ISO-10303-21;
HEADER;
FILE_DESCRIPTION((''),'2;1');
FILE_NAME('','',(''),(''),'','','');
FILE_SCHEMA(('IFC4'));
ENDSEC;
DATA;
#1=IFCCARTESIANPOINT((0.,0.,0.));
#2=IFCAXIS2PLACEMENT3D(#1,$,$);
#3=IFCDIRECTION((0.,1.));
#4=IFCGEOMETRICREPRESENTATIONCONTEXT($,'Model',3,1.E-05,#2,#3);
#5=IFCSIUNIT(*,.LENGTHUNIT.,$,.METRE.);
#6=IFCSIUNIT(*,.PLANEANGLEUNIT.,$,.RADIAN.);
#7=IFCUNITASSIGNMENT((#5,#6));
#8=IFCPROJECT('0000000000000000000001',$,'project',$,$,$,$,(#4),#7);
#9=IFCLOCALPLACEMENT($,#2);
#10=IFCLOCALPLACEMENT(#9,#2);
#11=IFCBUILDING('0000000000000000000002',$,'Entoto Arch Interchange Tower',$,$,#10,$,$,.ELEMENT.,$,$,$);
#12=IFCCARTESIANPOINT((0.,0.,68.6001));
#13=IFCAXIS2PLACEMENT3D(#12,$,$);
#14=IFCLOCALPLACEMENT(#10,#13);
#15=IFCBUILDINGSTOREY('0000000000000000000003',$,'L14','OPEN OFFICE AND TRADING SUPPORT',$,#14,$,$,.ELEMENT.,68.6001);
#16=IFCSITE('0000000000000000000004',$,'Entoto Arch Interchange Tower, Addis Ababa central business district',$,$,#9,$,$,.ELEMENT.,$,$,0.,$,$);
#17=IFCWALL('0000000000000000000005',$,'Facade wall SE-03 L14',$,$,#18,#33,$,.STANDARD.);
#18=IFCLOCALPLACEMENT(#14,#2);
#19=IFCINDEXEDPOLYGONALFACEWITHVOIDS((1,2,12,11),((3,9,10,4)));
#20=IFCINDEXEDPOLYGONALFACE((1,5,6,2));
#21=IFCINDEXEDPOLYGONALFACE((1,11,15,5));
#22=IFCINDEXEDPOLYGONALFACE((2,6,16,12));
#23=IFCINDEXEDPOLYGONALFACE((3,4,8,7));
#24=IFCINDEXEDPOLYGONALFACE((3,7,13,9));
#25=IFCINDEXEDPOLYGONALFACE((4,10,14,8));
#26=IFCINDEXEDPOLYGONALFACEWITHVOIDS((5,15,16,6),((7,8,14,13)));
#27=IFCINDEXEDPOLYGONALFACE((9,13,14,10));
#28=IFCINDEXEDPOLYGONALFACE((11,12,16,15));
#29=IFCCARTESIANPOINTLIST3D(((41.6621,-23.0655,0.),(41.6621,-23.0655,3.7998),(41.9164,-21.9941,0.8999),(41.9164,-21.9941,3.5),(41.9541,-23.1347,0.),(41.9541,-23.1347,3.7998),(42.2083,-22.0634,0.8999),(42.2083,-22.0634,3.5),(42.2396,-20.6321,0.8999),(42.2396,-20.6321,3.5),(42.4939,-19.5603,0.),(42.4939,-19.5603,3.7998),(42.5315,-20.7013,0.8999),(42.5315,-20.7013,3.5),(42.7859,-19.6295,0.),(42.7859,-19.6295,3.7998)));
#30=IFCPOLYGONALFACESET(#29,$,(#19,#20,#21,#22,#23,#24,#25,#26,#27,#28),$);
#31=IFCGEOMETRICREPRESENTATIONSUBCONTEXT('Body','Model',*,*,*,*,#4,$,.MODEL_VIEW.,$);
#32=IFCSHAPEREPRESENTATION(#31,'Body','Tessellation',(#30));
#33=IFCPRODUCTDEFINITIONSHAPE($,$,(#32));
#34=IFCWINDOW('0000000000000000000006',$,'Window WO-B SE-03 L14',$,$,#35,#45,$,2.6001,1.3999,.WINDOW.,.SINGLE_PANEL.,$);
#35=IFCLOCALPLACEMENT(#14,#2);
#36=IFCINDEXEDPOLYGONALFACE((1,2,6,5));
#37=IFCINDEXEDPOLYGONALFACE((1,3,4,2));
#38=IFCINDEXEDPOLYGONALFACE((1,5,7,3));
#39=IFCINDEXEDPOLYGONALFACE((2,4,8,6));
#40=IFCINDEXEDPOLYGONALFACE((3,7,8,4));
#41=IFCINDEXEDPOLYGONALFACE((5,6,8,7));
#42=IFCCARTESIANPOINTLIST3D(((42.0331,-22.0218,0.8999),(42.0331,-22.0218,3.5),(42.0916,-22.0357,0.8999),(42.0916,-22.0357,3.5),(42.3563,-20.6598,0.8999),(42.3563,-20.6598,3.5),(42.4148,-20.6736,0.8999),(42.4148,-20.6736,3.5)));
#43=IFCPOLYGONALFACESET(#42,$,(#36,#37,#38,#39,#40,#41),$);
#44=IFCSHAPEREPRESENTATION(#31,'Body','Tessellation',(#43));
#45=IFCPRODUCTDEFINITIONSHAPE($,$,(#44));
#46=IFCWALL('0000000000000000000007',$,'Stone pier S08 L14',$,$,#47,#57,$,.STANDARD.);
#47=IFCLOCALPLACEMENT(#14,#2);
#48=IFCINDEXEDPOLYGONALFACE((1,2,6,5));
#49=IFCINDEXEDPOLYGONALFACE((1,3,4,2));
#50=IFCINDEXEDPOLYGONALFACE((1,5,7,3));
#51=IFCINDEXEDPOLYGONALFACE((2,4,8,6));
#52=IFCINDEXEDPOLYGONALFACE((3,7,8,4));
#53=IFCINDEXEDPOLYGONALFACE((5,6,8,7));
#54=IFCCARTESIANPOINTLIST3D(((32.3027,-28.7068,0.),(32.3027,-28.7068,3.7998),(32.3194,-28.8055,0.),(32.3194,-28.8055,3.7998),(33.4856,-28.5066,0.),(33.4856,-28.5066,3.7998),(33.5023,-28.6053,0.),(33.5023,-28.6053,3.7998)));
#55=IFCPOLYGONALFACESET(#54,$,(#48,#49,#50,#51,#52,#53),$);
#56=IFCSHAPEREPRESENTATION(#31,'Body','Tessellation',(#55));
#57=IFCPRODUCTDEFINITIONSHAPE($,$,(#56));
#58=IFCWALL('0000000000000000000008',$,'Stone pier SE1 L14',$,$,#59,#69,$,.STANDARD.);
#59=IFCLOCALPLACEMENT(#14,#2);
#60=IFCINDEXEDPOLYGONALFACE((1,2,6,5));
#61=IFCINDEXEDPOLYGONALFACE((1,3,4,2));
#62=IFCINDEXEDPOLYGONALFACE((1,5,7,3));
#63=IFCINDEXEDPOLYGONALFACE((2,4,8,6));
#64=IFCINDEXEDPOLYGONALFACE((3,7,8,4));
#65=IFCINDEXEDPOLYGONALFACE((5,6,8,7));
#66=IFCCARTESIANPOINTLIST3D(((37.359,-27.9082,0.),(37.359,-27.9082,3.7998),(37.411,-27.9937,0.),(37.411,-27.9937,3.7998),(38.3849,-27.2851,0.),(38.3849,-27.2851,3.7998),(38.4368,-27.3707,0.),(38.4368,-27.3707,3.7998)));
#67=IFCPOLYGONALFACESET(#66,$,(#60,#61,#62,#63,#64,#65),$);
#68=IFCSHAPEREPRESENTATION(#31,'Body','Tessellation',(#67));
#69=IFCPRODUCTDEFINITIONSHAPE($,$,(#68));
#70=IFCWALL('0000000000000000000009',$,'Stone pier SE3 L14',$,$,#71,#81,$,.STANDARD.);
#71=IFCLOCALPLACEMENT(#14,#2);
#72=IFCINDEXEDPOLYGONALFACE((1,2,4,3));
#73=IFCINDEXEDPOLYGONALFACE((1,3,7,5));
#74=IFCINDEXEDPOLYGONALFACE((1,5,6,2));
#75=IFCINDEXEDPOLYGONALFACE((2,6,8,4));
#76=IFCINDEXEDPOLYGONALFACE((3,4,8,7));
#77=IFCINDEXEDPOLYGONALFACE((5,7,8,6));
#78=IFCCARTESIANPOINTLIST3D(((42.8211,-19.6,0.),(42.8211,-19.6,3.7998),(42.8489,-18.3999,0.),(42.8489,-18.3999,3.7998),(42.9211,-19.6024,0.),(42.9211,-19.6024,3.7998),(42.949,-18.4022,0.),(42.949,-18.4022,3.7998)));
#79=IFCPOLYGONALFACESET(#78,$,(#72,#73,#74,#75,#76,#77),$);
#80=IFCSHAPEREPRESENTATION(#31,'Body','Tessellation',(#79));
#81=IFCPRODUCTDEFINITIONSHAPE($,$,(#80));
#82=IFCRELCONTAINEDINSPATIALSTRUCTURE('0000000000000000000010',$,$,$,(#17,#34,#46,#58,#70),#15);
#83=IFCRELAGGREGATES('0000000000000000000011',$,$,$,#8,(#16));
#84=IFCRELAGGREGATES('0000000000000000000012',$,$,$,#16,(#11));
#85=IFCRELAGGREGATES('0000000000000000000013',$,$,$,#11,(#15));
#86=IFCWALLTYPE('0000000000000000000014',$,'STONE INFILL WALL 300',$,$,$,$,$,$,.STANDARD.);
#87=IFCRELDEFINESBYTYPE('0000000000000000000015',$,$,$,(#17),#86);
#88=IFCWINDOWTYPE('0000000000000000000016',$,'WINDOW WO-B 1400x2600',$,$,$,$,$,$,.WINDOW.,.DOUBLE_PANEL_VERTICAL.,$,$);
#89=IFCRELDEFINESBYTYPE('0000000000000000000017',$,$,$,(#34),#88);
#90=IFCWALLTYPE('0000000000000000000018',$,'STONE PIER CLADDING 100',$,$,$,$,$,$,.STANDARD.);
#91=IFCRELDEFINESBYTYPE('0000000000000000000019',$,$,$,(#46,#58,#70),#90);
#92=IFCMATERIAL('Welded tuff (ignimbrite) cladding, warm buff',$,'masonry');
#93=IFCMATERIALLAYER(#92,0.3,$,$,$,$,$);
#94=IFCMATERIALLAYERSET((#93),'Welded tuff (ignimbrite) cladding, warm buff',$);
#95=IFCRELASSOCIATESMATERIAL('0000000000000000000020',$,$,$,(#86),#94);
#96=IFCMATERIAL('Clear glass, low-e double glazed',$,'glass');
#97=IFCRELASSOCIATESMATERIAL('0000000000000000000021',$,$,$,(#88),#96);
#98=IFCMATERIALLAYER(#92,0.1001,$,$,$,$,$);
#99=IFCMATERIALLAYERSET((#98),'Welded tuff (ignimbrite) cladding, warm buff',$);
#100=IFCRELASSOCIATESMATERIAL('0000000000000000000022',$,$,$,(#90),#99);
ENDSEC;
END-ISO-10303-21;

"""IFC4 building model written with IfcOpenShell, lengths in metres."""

from ifc_helpers import new_model, si_unit, direction, frame, frame_2d, origin, place, context, subcontext, project, spatial, rectangle, extrude, material, layer, layer_set, type_object, element, fill, save


model = new_model("IFC4")

# Units and contexts
model_context = context("Model", 3, precision=1e-05, world=origin(), true_north=direction((0.0, 1.0)))
body_context = subcontext(model_context, "Body", "Model", "MODEL_VIEW")
ifc_project = project(units=[si_unit("LENGTHUNIT", "METRE"), si_unit("PLANEANGLEUNIT", "RADIAN")], contexts=[model_context])

# Site, building, storey
site_placement = place(None, origin())
site = spatial("IfcSite", under=ifc_project, at=site_placement, Name="Entoto Arch Interchange Tower, Addis Ababa central business district", CompositionType="ELEMENT", RefElevation=0.0)
building_placement = place(site_placement, origin())
building = spatial("IfcBuilding", under=site, at=building_placement, Name="Entoto Arch Interchange Tower", CompositionType="ELEMENT")
storey_placement = place(building_placement, frame((0.0, 0.0, 68.6001)))
storey = spatial("IfcBuildingStorey", under=building, at=storey_placement, Name="L14", Description="OPEN OFFICE AND TRADING SUPPORT", CompositionType="ELEMENT", Elevation=68.6001)

# Wall, opening, window
ifc_material_1 = material(Name="Welded tuff (ignimbrite) cladding, warm buff", Category="masonry")
ifc_layer_1 = layer(ifc_material_1, 0.3)
ifc_layer_set_1 = layer_set([ifc_layer_1], Name="Welded tuff (ignimbrite) cladding, warm buff")
wall_type_1 = type_object("IfcWallType", Name="STONE INFILL WALL 300", PredefinedType="STANDARD", material=ifc_layer_set_1)
ifc_material_2 = material(Name="Clear glass, low-e double glazed", Category="glass")
window_type = type_object("IfcWindowType", Name="WINDOW WO-B 1400x2600", PartitioningType="DOUBLE_PANEL_VERTICAL", PredefinedType="WINDOW", material=ifc_material_2)
wall_1_placement = place(storey_placement, frame((41.8081, -23.1001, 0.0), z_axis=(0.0, 0.0, 1.0), x_axis=(0.230894, 0.972979, 0.0)))
wall_1 = element("IfcWall", 1, at=wall_1_placement, inside=storey, type_object=wall_type_1, Name="Facade wall SE-03 L14", PredefinedType="STANDARD", context=body_context, shape_type="SweptSolid", body=[
    extrude(rectangle(XDim=3.6025, YDim=0.3, at=frame_2d((1.8013, 0.0))), origin(), (0.0, 0.0, 1.0), 3.7998),
])
opening_1_placement = place(wall_1_placement, frame((1.1011, 0.0, 0.8999)))
opening_1 = element("IfcOpeningElement", 2, at=opening_1_placement, cuts=wall_1, PredefinedType="OPENING", context=body_context, shape_type="SweptSolid", body=[
    extrude(rectangle(XDim=1.3999, YDim=2.6001, at=frame_2d((0.7, 1.3))), frame((0.0, 0.1602, 0.0), z_axis=(0.0, -1.0, 0.0), x_axis=(1.0, 0.0, 0.0)), (0.0, 0.0, 1.0), 0.3201),
])
window_1_placement = place(opening_1_placement, origin())
window_1 = element("IfcWindow", 3, at=window_1_placement, inside=storey, type_object=window_type, Name="Window WO-B SE-03 L14", OverallHeight=2.6001, OverallWidth=1.3999, PartitioningType="SINGLE_PANEL", PredefinedType="WINDOW", context=body_context, shape_type="SweptSolid", body=[
    extrude(rectangle(XDim=1.3999, YDim=2.6001, at=frame_2d((0.7, 1.3))), frame((0.0, 0.03, 0.0), z_axis=(0.0, -1.0, 0.0), x_axis=(1.0, 0.0, 0.0)), (0.0, 0.0, 1.0), 0.0601),
])
fill(opening_1, window_1)

# Walls
ifc_layer_2 = layer(ifc_material_1, 0.1001)
ifc_layer_set_2 = layer_set([ifc_layer_2], Name="Welded tuff (ignimbrite) cladding, warm buff")
wall_type_2 = type_object("IfcWallType", Name="STONE PIER CLADDING 100", PredefinedType="STANDARD", material=ifc_layer_set_2)
wall_2_placement = place(storey_placement, frame((32.311, -28.7561, 0.0), z_axis=(0.0, 0.0, 1.0), x_axis=(0.985978, 0.166874, 0.0)))
element("IfcWall", 4, at=wall_2_placement, inside=storey, type_object=wall_type_2, Name="Stone pier S08 L14", PredefinedType="STANDARD", context=body_context, shape_type="SweptSolid", body=[
    extrude(rectangle(XDim=1.1997, YDim=0.1001, at=frame_2d((0.5999, 0.0))), origin(), (0.0, 0.0, 1.0), 3.7998),
])
wall_3_placement = place(storey_placement, frame((37.385, -27.9509, 0.0), z_axis=(0.0, 0.0, 1.0), x_axis=(0.854717, 0.519095, 0.0)))
element("IfcWall", 5, at=wall_3_placement, inside=storey, type_object=wall_type_2, Name="Stone pier SE1 L14", PredefinedType="STANDARD", context=body_context, shape_type="SweptSolid", body=[
    extrude(rectangle(XDim=1.2002, YDim=0.1001, at=frame_2d((0.6001, 0.0))), origin(), (0.0, 0.0, 1.0), 3.7998),
])
wall_4_placement = place(storey_placement, frame((42.8711, -19.6011, 0.0), z_axis=(0.0, 0.0, 1.0), x_axis=(0.023183, 0.999731, 0.0)))
element("IfcWall", 6, at=wall_4_placement, inside=storey, type_object=wall_type_2, Name="Stone pier SE3 L14", PredefinedType="STANDARD", context=body_context, shape_type="SweptSolid", body=[
    extrude(rectangle(XDim=1.2004, YDim=0.1001, at=frame_2d((0.6001, 0.0))), origin(), (0.0, 0.0, 1.0), 3.7998),
])

save(model, "model.ifc")
